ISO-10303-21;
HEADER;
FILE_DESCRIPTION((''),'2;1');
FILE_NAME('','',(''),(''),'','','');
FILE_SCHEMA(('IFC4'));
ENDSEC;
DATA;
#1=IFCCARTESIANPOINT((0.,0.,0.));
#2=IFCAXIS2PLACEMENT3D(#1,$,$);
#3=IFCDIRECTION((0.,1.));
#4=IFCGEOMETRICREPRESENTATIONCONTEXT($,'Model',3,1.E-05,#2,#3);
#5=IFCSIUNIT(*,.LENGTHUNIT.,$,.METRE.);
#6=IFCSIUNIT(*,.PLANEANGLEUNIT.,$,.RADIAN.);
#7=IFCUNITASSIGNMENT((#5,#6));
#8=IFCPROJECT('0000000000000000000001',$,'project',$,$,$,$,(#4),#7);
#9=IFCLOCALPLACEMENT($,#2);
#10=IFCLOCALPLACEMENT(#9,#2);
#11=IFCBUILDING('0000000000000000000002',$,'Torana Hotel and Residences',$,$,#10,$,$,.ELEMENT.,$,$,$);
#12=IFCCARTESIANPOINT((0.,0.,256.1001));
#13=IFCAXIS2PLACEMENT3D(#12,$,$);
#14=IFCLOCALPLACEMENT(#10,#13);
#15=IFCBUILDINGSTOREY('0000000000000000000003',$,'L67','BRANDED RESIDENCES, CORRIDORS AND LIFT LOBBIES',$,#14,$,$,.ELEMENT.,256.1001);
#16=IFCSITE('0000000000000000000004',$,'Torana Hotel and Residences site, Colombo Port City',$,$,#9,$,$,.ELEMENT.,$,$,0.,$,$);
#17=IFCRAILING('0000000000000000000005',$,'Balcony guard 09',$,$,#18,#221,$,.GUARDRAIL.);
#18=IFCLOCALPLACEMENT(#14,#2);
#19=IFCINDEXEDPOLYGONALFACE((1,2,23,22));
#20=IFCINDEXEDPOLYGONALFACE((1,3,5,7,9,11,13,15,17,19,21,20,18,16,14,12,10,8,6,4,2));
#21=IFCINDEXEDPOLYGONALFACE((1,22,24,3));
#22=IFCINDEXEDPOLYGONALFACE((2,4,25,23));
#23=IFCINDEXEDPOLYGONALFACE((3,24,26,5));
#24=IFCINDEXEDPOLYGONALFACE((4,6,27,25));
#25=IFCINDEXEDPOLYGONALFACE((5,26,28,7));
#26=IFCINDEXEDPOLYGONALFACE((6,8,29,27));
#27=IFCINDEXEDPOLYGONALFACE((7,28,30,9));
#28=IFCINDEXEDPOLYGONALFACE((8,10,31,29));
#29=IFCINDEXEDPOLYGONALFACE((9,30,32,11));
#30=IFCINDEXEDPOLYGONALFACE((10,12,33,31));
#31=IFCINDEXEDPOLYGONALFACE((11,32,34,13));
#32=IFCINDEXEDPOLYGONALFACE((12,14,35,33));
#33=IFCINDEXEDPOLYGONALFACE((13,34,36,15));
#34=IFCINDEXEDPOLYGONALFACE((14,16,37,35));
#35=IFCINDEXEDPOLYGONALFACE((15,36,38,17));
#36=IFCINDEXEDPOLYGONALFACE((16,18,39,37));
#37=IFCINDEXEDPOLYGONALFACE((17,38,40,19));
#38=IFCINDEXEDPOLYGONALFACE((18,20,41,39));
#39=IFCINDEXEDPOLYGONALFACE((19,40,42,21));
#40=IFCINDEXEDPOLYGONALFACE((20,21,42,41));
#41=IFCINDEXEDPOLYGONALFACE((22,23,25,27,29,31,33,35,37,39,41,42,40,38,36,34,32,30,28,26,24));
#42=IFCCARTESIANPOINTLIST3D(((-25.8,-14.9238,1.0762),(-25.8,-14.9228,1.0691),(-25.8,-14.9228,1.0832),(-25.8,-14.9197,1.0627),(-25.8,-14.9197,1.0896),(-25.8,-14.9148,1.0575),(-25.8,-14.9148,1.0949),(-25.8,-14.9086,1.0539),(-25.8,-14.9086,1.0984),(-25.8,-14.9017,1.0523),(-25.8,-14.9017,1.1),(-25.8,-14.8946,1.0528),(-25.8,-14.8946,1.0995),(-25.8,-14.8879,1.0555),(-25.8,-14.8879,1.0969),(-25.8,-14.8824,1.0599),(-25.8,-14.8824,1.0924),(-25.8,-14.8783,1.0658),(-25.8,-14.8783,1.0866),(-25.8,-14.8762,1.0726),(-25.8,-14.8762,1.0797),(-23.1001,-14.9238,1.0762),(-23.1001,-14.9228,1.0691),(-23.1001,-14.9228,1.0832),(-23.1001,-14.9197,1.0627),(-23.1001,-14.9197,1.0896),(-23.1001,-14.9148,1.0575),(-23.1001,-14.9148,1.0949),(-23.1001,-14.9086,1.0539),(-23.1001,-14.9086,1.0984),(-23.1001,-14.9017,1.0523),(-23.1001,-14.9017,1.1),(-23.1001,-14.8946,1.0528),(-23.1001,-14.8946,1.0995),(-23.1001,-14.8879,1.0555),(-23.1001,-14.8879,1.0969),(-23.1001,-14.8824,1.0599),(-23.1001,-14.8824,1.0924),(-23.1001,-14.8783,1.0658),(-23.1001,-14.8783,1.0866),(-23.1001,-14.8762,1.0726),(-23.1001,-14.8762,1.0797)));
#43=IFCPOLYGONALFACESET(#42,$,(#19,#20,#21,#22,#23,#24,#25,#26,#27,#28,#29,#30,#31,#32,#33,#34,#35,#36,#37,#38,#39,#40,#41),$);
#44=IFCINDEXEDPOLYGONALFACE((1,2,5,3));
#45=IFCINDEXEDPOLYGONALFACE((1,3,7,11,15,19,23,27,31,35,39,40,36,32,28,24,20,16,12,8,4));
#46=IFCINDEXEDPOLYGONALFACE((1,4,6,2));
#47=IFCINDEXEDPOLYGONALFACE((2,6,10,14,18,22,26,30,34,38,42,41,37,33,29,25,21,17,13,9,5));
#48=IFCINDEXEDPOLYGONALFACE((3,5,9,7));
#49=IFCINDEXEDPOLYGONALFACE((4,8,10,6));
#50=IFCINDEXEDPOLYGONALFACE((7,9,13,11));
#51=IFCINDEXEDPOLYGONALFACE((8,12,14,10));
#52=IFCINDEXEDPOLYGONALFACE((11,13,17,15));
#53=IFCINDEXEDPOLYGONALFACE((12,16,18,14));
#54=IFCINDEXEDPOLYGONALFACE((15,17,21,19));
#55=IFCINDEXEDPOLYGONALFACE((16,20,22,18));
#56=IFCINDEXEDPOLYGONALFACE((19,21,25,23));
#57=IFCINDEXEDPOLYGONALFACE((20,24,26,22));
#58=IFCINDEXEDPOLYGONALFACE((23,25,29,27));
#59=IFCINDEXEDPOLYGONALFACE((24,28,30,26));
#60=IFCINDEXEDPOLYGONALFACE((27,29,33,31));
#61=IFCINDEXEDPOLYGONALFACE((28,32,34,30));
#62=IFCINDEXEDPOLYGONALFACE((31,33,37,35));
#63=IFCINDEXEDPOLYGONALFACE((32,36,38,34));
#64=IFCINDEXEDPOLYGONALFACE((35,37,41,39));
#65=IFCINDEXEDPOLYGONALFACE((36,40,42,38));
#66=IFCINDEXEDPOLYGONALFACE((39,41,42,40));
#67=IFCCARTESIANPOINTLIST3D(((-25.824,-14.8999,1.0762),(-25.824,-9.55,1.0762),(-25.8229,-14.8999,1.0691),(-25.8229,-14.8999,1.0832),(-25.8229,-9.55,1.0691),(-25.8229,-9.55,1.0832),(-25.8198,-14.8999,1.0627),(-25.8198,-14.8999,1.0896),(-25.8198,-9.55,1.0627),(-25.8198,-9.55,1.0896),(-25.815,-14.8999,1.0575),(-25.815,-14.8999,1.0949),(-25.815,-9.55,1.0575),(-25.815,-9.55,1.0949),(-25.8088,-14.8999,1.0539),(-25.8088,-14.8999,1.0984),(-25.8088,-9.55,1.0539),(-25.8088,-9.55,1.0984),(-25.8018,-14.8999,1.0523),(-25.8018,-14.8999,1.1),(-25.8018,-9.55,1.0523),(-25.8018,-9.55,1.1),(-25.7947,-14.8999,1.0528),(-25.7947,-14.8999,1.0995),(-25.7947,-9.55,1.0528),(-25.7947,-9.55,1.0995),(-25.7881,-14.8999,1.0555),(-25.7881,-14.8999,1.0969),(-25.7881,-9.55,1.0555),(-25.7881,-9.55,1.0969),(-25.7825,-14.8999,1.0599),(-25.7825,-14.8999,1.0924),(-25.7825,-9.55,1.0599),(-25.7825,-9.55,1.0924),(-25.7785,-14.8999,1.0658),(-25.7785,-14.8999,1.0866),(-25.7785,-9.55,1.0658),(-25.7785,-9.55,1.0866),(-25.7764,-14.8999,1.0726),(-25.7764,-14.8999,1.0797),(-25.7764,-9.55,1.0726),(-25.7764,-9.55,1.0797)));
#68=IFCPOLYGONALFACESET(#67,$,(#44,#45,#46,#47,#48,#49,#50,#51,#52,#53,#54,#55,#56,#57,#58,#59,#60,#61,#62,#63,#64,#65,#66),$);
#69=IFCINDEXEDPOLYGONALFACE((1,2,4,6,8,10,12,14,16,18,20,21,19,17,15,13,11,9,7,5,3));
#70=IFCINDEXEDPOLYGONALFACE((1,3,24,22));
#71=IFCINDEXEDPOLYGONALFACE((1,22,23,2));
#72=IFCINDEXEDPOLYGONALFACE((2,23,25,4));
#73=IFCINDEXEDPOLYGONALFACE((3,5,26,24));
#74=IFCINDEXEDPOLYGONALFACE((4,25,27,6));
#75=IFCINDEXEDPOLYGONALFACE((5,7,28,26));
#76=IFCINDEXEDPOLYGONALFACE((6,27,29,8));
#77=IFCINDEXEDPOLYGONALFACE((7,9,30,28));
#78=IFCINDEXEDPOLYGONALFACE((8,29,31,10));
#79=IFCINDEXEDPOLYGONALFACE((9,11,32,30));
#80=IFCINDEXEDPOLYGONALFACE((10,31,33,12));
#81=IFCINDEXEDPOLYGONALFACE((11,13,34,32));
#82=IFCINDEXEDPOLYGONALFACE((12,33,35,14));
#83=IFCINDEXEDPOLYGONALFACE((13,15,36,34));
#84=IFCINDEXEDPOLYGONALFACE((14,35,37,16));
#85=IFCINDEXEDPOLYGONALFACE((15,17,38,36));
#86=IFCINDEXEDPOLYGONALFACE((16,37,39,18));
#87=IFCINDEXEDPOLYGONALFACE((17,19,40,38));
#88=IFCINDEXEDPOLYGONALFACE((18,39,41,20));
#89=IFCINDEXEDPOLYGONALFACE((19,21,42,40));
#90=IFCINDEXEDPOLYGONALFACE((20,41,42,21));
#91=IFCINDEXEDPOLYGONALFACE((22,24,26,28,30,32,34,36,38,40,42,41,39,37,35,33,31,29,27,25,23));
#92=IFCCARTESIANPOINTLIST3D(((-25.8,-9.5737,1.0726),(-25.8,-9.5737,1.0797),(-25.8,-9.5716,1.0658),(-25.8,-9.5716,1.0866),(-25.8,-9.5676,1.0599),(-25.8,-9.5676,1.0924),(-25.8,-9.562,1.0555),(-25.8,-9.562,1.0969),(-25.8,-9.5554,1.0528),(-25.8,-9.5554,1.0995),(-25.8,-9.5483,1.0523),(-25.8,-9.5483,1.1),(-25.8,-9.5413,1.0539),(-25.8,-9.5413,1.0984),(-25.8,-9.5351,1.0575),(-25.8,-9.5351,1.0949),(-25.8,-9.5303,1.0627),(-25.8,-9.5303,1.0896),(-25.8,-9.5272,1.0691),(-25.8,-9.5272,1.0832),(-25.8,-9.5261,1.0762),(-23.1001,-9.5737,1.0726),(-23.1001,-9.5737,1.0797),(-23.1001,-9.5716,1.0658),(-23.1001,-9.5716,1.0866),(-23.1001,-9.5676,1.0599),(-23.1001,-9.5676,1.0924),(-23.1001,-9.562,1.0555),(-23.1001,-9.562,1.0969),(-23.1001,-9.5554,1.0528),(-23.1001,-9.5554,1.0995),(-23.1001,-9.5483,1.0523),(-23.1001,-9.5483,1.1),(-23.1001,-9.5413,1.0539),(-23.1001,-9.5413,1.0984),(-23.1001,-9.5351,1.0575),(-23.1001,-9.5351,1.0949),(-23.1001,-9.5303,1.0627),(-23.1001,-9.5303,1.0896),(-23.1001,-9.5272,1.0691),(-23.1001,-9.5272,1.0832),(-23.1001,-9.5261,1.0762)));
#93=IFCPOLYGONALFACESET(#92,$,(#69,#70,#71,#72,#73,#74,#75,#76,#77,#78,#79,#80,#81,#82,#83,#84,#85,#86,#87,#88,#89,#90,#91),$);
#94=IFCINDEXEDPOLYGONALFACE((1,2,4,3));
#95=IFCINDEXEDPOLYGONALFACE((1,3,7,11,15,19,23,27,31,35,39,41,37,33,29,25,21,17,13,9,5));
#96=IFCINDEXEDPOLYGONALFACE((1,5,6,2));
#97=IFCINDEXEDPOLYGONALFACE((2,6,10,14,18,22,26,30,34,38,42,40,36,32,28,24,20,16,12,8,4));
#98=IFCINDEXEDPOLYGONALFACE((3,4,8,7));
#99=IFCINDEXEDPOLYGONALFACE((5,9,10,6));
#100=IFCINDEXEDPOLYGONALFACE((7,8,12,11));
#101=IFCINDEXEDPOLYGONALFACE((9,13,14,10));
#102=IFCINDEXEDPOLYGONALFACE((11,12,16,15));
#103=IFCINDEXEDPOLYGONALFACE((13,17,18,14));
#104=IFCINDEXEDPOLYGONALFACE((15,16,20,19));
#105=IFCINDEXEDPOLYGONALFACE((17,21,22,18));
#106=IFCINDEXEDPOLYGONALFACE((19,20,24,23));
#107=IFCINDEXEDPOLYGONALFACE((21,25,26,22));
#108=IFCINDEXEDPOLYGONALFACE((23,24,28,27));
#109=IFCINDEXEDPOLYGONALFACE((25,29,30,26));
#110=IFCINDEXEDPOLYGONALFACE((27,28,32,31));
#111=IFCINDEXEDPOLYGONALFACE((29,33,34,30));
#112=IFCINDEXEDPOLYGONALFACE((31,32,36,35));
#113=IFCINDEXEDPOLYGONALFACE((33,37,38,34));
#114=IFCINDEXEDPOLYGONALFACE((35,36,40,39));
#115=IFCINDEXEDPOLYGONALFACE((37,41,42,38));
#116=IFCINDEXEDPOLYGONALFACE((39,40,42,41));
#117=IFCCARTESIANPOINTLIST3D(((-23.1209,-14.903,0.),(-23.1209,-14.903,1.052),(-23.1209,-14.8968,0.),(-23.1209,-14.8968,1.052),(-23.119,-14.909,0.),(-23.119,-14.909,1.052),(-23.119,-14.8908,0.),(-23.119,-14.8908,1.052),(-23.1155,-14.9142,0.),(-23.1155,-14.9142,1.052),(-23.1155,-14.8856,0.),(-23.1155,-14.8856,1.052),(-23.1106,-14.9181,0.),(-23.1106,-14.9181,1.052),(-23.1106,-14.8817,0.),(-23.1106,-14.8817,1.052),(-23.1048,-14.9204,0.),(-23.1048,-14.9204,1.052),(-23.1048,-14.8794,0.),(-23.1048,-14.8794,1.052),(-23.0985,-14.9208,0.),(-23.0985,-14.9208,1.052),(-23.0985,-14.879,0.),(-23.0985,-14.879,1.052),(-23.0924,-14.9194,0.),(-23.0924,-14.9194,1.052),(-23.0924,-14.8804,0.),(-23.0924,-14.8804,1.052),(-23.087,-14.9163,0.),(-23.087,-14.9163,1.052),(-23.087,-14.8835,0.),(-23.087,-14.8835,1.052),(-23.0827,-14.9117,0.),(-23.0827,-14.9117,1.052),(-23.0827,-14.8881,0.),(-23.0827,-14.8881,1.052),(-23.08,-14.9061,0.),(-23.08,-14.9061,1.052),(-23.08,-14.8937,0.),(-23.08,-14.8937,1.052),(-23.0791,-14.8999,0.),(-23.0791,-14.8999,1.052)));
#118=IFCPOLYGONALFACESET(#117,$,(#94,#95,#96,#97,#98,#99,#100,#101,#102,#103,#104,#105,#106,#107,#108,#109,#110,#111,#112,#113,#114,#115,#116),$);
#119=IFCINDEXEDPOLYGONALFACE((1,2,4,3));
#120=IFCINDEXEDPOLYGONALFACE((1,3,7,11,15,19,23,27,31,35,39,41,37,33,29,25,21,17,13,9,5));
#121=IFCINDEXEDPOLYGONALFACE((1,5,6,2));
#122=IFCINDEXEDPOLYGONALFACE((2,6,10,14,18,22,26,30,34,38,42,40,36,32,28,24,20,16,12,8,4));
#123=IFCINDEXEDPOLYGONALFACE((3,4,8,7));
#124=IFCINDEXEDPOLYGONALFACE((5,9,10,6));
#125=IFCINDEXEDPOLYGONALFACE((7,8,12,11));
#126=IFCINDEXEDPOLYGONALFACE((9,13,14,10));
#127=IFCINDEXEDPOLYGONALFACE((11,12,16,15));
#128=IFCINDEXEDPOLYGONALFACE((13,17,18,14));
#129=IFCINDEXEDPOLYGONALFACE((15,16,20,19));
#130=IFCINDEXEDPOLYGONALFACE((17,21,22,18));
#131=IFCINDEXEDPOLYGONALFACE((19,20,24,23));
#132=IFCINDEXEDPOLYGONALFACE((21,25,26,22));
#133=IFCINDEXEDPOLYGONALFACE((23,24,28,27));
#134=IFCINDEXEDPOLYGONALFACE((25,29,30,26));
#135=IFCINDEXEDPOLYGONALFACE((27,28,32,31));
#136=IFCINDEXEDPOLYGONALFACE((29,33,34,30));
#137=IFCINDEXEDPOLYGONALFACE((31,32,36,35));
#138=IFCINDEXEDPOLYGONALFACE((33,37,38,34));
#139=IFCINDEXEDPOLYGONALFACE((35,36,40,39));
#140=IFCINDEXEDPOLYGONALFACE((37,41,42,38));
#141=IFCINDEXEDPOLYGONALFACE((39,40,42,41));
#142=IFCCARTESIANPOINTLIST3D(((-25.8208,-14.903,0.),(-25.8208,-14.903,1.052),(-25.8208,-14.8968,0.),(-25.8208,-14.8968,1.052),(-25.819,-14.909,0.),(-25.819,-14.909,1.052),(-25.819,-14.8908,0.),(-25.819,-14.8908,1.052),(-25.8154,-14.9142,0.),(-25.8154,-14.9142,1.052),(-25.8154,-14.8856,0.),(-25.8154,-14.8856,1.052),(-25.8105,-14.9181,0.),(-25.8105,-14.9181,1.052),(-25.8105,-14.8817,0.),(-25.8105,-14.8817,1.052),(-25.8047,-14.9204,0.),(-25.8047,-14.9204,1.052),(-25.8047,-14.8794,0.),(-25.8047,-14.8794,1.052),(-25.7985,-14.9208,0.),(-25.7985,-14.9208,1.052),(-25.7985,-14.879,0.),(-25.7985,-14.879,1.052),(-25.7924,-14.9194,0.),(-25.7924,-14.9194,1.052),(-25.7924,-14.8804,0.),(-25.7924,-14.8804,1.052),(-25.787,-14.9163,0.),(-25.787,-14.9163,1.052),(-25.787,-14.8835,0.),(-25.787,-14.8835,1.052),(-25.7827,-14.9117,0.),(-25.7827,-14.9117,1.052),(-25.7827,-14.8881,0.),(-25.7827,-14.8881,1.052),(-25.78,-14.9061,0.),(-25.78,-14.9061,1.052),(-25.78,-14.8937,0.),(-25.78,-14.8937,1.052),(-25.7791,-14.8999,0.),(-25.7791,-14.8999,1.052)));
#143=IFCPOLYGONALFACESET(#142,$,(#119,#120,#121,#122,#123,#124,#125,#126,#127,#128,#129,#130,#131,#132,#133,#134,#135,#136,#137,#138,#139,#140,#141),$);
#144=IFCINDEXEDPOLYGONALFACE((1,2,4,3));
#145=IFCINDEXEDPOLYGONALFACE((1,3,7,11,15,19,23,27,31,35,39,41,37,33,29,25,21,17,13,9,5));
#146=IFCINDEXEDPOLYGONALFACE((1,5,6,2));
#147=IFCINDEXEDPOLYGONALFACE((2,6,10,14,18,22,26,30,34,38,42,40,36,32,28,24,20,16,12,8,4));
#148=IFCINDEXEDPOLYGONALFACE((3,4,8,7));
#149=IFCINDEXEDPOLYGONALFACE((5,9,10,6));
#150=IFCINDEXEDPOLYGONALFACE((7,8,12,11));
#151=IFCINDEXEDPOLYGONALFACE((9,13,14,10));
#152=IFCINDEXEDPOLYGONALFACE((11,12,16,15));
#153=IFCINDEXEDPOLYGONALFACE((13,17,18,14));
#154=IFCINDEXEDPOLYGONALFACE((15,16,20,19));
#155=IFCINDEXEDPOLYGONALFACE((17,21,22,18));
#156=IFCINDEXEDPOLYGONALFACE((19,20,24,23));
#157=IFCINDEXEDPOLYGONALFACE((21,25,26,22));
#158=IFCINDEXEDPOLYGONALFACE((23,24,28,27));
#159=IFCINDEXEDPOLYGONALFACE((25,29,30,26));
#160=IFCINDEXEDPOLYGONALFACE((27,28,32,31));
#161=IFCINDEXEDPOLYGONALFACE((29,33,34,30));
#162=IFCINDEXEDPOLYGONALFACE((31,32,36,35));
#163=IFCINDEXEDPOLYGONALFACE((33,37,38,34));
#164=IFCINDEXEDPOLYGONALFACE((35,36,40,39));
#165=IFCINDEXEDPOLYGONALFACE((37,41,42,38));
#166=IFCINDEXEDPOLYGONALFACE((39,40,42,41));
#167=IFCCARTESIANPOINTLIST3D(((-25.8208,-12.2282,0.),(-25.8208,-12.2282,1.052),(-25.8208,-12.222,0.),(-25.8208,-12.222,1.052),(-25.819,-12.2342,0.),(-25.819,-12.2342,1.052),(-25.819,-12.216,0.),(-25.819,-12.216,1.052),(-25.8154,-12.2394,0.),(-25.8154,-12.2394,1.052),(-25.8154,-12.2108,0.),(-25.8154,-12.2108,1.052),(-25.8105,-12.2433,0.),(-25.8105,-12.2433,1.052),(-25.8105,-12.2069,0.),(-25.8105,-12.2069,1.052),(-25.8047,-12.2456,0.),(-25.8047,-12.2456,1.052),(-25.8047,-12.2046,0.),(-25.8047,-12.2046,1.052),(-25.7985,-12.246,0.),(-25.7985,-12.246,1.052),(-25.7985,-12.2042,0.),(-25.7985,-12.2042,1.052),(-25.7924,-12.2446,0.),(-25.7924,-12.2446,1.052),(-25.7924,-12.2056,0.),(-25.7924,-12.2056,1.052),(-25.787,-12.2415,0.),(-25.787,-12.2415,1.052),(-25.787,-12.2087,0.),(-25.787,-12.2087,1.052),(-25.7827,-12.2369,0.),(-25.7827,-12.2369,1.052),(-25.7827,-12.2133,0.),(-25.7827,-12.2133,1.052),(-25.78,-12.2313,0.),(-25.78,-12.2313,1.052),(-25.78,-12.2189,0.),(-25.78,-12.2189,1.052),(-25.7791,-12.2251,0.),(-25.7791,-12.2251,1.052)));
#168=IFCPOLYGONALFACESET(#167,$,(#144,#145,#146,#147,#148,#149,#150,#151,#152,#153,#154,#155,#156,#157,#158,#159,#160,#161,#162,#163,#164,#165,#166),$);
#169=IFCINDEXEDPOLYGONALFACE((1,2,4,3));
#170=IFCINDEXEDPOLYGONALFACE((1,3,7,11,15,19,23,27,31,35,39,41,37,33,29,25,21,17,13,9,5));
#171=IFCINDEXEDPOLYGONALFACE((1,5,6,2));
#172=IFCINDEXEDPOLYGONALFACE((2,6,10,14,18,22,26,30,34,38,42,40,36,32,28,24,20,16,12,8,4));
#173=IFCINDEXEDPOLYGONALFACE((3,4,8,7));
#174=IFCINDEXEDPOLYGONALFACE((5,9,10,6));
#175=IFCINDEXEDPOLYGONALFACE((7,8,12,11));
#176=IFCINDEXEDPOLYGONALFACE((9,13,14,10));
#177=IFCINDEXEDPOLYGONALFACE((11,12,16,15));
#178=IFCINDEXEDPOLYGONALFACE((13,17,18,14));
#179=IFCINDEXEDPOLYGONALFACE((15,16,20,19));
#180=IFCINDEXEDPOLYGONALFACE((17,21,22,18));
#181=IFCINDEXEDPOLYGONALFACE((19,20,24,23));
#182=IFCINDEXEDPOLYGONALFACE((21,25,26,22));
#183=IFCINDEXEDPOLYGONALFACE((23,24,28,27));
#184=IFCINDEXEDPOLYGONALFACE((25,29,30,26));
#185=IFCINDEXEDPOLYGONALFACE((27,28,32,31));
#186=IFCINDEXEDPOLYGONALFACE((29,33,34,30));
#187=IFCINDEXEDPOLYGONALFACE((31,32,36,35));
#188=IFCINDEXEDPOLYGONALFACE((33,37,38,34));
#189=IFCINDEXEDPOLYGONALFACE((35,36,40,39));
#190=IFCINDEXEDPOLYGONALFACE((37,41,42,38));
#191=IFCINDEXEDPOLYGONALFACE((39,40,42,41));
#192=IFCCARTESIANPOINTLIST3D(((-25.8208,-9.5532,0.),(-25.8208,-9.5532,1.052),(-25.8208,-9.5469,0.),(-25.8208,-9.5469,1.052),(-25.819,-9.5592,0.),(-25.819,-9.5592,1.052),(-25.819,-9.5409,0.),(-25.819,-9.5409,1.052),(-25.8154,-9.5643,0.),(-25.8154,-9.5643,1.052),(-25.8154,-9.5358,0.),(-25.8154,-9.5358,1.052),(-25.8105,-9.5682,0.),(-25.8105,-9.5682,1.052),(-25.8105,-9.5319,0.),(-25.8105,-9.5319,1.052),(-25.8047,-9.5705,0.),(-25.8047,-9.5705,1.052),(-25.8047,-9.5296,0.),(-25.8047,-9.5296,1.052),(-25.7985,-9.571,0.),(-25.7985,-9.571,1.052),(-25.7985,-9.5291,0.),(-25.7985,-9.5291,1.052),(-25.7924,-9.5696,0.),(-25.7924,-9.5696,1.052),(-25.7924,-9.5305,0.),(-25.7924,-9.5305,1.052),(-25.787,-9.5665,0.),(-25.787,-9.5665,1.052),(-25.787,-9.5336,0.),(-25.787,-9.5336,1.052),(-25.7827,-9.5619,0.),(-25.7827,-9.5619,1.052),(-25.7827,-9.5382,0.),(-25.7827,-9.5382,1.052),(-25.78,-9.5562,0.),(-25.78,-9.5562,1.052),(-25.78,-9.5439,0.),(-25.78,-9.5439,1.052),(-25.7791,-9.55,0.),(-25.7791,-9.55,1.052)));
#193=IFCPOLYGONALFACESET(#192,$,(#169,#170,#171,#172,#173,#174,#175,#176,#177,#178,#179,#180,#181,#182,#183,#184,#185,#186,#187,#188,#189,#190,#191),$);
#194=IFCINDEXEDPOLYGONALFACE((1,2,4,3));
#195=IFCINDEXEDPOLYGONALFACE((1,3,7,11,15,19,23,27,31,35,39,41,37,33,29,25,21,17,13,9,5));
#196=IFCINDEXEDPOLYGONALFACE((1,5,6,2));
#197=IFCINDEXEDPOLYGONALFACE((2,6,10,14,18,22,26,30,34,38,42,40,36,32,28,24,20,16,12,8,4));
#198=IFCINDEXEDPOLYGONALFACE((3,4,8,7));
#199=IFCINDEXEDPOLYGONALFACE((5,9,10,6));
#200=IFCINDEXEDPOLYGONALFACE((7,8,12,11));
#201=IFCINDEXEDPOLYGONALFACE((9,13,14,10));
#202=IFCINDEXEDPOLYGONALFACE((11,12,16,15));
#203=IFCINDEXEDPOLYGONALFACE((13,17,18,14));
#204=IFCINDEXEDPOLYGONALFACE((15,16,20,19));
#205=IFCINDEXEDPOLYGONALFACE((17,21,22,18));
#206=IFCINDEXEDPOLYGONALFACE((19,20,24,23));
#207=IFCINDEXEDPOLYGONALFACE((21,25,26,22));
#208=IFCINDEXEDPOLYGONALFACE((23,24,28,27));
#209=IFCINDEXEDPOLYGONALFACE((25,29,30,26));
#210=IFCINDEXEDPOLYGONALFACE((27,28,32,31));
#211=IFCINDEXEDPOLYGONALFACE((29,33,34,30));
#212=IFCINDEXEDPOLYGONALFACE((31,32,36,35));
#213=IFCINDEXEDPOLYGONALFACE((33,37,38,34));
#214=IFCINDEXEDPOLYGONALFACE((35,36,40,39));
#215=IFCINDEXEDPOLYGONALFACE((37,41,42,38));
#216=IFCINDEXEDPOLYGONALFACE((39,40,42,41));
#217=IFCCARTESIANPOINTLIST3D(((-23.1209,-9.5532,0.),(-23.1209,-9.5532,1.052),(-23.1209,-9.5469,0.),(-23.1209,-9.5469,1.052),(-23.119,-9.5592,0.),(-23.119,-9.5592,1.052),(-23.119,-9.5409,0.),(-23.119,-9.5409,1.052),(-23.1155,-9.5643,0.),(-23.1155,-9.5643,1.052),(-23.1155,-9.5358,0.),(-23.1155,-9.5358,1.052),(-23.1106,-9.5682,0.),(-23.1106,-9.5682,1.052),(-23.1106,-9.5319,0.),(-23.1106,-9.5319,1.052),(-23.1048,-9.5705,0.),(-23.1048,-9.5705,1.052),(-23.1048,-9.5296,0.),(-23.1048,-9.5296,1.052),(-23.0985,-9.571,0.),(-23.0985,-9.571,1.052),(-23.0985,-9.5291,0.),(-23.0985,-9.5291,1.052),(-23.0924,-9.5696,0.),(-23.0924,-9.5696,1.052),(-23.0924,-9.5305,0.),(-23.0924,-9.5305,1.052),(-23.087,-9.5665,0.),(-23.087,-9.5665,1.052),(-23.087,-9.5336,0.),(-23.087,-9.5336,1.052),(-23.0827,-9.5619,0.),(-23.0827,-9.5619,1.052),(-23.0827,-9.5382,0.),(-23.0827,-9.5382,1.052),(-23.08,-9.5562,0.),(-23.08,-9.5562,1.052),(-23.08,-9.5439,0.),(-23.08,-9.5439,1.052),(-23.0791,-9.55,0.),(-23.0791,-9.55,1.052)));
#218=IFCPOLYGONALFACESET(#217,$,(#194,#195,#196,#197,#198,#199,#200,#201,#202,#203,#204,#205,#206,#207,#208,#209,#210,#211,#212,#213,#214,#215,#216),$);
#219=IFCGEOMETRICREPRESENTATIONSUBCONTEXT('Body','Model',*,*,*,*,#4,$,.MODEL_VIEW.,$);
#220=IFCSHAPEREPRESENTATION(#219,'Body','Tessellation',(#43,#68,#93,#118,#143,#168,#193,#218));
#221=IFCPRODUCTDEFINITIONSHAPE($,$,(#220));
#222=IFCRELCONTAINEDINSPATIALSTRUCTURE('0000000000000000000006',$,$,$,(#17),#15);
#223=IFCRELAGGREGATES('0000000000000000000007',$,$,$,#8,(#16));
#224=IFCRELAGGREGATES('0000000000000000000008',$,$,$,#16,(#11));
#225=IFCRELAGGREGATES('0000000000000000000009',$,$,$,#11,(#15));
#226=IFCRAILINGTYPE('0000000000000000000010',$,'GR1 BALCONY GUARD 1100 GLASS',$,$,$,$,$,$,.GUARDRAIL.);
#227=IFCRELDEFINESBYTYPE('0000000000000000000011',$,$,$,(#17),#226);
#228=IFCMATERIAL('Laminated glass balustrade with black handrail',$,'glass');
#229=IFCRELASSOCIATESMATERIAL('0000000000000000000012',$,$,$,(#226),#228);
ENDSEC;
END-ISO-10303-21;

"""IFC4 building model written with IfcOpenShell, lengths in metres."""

from ifc_helpers import new_model, si_unit, direction, frame, origin, origin_2d, place, context, subcontext, project, spatial, circle, extrude, material, type_object, element, save


model = new_model("IFC4")

# Units and contexts
model_context = context("Model", 3, precision=1e-05, world=origin(), true_north=direction((0.0, 1.0)))
body_context = subcontext(model_context, "Body", "Model", "MODEL_VIEW")
ifc_project = project(units=[si_unit("LENGTHUNIT", "METRE"), si_unit("PLANEANGLEUNIT", "RADIAN")], contexts=[model_context])

# Site, building, storey
site_placement = place(None, origin())
site = spatial("IfcSite", under=ifc_project, at=site_placement, Name="Torana Hotel and Residences site, Colombo Port City", CompositionType="ELEMENT", RefElevation=0.0)
building_placement = place(site_placement, origin())
building = spatial("IfcBuilding", under=site, at=building_placement, Name="Torana Hotel and Residences", CompositionType="ELEMENT")
storey_placement = place(building_placement, frame((0.0, 0.0, 256.1001)))
storey = spatial("IfcBuildingStorey", under=building, at=storey_placement, Name="L67", Description="BRANDED RESIDENCES, CORRIDORS AND LIFT LOBBIES", CompositionType="ELEMENT", Elevation=256.1001)

# Railing
ifc_material_1 = material(Name="Laminated glass balustrade with black handrail", Category="glass")
railing_type_1 = type_object("IfcRailingType", Name="GR1 BALCONY GUARD 1100 GLASS", PredefinedType="GUARDRAIL", material=ifc_material_1)
railing_1_placement = place(storey_placement, frame((-23.1001, -14.8999, 0.0)))
element("IfcRailing", 1, at=railing_1_placement, inside=storey, type_object=railing_type_1, Name="Balcony guard 09", PredefinedType="GUARDRAIL", context=body_context, shape_type="SweptSolid", body=[
    extrude(circle(Radius=0.0239, at=origin_2d()), frame((0.0, 0.0, 1.0762), z_axis=(-1.0, 0.0, 0.0), x_axis=(0.0, -1.0, 0.0)), (0.0, 0.0, 1.0), 2.7),
    extrude(circle(Radius=0.0239, at=origin_2d()), frame((-2.7, 0.0, 1.0762), z_axis=(0.0, 1.0, 0.0), x_axis=(-1.0, 0.0, 0.0)), (0.0, 0.0, 1.0), 5.3499),
    extrude(circle(Radius=0.0239, at=origin_2d()), frame((-2.7, 5.3499, 1.0762), z_axis=(1.0, 0.0, 0.0), x_axis=(0.0, 1.0, 0.0)), (0.0, 0.0, 1.0), 2.7),
    extrude(circle(Radius=0.021, at=origin_2d()), origin(), (0.0, 0.0, 1.0), 1.052),
    extrude(circle(Radius=0.021, at=origin_2d()), frame((-2.7, 0.0, 0.0)), (0.0, 0.0, 1.0), 1.052),
    extrude(circle(Radius=0.021, at=origin_2d()), frame((-2.7, 2.6748, 0.0)), (0.0, 0.0, 1.0), 1.052),
    extrude(circle(Radius=0.021, at=origin_2d()), frame((-2.7, 5.3499, 0.0)), (0.0, 0.0, 1.0), 1.052),
    extrude(circle(Radius=0.021, at=origin_2d()), frame((0.0, 5.3499, 0.0)), (0.0, 0.0, 1.0), 1.052),
])

save(model, "model.ifc")
